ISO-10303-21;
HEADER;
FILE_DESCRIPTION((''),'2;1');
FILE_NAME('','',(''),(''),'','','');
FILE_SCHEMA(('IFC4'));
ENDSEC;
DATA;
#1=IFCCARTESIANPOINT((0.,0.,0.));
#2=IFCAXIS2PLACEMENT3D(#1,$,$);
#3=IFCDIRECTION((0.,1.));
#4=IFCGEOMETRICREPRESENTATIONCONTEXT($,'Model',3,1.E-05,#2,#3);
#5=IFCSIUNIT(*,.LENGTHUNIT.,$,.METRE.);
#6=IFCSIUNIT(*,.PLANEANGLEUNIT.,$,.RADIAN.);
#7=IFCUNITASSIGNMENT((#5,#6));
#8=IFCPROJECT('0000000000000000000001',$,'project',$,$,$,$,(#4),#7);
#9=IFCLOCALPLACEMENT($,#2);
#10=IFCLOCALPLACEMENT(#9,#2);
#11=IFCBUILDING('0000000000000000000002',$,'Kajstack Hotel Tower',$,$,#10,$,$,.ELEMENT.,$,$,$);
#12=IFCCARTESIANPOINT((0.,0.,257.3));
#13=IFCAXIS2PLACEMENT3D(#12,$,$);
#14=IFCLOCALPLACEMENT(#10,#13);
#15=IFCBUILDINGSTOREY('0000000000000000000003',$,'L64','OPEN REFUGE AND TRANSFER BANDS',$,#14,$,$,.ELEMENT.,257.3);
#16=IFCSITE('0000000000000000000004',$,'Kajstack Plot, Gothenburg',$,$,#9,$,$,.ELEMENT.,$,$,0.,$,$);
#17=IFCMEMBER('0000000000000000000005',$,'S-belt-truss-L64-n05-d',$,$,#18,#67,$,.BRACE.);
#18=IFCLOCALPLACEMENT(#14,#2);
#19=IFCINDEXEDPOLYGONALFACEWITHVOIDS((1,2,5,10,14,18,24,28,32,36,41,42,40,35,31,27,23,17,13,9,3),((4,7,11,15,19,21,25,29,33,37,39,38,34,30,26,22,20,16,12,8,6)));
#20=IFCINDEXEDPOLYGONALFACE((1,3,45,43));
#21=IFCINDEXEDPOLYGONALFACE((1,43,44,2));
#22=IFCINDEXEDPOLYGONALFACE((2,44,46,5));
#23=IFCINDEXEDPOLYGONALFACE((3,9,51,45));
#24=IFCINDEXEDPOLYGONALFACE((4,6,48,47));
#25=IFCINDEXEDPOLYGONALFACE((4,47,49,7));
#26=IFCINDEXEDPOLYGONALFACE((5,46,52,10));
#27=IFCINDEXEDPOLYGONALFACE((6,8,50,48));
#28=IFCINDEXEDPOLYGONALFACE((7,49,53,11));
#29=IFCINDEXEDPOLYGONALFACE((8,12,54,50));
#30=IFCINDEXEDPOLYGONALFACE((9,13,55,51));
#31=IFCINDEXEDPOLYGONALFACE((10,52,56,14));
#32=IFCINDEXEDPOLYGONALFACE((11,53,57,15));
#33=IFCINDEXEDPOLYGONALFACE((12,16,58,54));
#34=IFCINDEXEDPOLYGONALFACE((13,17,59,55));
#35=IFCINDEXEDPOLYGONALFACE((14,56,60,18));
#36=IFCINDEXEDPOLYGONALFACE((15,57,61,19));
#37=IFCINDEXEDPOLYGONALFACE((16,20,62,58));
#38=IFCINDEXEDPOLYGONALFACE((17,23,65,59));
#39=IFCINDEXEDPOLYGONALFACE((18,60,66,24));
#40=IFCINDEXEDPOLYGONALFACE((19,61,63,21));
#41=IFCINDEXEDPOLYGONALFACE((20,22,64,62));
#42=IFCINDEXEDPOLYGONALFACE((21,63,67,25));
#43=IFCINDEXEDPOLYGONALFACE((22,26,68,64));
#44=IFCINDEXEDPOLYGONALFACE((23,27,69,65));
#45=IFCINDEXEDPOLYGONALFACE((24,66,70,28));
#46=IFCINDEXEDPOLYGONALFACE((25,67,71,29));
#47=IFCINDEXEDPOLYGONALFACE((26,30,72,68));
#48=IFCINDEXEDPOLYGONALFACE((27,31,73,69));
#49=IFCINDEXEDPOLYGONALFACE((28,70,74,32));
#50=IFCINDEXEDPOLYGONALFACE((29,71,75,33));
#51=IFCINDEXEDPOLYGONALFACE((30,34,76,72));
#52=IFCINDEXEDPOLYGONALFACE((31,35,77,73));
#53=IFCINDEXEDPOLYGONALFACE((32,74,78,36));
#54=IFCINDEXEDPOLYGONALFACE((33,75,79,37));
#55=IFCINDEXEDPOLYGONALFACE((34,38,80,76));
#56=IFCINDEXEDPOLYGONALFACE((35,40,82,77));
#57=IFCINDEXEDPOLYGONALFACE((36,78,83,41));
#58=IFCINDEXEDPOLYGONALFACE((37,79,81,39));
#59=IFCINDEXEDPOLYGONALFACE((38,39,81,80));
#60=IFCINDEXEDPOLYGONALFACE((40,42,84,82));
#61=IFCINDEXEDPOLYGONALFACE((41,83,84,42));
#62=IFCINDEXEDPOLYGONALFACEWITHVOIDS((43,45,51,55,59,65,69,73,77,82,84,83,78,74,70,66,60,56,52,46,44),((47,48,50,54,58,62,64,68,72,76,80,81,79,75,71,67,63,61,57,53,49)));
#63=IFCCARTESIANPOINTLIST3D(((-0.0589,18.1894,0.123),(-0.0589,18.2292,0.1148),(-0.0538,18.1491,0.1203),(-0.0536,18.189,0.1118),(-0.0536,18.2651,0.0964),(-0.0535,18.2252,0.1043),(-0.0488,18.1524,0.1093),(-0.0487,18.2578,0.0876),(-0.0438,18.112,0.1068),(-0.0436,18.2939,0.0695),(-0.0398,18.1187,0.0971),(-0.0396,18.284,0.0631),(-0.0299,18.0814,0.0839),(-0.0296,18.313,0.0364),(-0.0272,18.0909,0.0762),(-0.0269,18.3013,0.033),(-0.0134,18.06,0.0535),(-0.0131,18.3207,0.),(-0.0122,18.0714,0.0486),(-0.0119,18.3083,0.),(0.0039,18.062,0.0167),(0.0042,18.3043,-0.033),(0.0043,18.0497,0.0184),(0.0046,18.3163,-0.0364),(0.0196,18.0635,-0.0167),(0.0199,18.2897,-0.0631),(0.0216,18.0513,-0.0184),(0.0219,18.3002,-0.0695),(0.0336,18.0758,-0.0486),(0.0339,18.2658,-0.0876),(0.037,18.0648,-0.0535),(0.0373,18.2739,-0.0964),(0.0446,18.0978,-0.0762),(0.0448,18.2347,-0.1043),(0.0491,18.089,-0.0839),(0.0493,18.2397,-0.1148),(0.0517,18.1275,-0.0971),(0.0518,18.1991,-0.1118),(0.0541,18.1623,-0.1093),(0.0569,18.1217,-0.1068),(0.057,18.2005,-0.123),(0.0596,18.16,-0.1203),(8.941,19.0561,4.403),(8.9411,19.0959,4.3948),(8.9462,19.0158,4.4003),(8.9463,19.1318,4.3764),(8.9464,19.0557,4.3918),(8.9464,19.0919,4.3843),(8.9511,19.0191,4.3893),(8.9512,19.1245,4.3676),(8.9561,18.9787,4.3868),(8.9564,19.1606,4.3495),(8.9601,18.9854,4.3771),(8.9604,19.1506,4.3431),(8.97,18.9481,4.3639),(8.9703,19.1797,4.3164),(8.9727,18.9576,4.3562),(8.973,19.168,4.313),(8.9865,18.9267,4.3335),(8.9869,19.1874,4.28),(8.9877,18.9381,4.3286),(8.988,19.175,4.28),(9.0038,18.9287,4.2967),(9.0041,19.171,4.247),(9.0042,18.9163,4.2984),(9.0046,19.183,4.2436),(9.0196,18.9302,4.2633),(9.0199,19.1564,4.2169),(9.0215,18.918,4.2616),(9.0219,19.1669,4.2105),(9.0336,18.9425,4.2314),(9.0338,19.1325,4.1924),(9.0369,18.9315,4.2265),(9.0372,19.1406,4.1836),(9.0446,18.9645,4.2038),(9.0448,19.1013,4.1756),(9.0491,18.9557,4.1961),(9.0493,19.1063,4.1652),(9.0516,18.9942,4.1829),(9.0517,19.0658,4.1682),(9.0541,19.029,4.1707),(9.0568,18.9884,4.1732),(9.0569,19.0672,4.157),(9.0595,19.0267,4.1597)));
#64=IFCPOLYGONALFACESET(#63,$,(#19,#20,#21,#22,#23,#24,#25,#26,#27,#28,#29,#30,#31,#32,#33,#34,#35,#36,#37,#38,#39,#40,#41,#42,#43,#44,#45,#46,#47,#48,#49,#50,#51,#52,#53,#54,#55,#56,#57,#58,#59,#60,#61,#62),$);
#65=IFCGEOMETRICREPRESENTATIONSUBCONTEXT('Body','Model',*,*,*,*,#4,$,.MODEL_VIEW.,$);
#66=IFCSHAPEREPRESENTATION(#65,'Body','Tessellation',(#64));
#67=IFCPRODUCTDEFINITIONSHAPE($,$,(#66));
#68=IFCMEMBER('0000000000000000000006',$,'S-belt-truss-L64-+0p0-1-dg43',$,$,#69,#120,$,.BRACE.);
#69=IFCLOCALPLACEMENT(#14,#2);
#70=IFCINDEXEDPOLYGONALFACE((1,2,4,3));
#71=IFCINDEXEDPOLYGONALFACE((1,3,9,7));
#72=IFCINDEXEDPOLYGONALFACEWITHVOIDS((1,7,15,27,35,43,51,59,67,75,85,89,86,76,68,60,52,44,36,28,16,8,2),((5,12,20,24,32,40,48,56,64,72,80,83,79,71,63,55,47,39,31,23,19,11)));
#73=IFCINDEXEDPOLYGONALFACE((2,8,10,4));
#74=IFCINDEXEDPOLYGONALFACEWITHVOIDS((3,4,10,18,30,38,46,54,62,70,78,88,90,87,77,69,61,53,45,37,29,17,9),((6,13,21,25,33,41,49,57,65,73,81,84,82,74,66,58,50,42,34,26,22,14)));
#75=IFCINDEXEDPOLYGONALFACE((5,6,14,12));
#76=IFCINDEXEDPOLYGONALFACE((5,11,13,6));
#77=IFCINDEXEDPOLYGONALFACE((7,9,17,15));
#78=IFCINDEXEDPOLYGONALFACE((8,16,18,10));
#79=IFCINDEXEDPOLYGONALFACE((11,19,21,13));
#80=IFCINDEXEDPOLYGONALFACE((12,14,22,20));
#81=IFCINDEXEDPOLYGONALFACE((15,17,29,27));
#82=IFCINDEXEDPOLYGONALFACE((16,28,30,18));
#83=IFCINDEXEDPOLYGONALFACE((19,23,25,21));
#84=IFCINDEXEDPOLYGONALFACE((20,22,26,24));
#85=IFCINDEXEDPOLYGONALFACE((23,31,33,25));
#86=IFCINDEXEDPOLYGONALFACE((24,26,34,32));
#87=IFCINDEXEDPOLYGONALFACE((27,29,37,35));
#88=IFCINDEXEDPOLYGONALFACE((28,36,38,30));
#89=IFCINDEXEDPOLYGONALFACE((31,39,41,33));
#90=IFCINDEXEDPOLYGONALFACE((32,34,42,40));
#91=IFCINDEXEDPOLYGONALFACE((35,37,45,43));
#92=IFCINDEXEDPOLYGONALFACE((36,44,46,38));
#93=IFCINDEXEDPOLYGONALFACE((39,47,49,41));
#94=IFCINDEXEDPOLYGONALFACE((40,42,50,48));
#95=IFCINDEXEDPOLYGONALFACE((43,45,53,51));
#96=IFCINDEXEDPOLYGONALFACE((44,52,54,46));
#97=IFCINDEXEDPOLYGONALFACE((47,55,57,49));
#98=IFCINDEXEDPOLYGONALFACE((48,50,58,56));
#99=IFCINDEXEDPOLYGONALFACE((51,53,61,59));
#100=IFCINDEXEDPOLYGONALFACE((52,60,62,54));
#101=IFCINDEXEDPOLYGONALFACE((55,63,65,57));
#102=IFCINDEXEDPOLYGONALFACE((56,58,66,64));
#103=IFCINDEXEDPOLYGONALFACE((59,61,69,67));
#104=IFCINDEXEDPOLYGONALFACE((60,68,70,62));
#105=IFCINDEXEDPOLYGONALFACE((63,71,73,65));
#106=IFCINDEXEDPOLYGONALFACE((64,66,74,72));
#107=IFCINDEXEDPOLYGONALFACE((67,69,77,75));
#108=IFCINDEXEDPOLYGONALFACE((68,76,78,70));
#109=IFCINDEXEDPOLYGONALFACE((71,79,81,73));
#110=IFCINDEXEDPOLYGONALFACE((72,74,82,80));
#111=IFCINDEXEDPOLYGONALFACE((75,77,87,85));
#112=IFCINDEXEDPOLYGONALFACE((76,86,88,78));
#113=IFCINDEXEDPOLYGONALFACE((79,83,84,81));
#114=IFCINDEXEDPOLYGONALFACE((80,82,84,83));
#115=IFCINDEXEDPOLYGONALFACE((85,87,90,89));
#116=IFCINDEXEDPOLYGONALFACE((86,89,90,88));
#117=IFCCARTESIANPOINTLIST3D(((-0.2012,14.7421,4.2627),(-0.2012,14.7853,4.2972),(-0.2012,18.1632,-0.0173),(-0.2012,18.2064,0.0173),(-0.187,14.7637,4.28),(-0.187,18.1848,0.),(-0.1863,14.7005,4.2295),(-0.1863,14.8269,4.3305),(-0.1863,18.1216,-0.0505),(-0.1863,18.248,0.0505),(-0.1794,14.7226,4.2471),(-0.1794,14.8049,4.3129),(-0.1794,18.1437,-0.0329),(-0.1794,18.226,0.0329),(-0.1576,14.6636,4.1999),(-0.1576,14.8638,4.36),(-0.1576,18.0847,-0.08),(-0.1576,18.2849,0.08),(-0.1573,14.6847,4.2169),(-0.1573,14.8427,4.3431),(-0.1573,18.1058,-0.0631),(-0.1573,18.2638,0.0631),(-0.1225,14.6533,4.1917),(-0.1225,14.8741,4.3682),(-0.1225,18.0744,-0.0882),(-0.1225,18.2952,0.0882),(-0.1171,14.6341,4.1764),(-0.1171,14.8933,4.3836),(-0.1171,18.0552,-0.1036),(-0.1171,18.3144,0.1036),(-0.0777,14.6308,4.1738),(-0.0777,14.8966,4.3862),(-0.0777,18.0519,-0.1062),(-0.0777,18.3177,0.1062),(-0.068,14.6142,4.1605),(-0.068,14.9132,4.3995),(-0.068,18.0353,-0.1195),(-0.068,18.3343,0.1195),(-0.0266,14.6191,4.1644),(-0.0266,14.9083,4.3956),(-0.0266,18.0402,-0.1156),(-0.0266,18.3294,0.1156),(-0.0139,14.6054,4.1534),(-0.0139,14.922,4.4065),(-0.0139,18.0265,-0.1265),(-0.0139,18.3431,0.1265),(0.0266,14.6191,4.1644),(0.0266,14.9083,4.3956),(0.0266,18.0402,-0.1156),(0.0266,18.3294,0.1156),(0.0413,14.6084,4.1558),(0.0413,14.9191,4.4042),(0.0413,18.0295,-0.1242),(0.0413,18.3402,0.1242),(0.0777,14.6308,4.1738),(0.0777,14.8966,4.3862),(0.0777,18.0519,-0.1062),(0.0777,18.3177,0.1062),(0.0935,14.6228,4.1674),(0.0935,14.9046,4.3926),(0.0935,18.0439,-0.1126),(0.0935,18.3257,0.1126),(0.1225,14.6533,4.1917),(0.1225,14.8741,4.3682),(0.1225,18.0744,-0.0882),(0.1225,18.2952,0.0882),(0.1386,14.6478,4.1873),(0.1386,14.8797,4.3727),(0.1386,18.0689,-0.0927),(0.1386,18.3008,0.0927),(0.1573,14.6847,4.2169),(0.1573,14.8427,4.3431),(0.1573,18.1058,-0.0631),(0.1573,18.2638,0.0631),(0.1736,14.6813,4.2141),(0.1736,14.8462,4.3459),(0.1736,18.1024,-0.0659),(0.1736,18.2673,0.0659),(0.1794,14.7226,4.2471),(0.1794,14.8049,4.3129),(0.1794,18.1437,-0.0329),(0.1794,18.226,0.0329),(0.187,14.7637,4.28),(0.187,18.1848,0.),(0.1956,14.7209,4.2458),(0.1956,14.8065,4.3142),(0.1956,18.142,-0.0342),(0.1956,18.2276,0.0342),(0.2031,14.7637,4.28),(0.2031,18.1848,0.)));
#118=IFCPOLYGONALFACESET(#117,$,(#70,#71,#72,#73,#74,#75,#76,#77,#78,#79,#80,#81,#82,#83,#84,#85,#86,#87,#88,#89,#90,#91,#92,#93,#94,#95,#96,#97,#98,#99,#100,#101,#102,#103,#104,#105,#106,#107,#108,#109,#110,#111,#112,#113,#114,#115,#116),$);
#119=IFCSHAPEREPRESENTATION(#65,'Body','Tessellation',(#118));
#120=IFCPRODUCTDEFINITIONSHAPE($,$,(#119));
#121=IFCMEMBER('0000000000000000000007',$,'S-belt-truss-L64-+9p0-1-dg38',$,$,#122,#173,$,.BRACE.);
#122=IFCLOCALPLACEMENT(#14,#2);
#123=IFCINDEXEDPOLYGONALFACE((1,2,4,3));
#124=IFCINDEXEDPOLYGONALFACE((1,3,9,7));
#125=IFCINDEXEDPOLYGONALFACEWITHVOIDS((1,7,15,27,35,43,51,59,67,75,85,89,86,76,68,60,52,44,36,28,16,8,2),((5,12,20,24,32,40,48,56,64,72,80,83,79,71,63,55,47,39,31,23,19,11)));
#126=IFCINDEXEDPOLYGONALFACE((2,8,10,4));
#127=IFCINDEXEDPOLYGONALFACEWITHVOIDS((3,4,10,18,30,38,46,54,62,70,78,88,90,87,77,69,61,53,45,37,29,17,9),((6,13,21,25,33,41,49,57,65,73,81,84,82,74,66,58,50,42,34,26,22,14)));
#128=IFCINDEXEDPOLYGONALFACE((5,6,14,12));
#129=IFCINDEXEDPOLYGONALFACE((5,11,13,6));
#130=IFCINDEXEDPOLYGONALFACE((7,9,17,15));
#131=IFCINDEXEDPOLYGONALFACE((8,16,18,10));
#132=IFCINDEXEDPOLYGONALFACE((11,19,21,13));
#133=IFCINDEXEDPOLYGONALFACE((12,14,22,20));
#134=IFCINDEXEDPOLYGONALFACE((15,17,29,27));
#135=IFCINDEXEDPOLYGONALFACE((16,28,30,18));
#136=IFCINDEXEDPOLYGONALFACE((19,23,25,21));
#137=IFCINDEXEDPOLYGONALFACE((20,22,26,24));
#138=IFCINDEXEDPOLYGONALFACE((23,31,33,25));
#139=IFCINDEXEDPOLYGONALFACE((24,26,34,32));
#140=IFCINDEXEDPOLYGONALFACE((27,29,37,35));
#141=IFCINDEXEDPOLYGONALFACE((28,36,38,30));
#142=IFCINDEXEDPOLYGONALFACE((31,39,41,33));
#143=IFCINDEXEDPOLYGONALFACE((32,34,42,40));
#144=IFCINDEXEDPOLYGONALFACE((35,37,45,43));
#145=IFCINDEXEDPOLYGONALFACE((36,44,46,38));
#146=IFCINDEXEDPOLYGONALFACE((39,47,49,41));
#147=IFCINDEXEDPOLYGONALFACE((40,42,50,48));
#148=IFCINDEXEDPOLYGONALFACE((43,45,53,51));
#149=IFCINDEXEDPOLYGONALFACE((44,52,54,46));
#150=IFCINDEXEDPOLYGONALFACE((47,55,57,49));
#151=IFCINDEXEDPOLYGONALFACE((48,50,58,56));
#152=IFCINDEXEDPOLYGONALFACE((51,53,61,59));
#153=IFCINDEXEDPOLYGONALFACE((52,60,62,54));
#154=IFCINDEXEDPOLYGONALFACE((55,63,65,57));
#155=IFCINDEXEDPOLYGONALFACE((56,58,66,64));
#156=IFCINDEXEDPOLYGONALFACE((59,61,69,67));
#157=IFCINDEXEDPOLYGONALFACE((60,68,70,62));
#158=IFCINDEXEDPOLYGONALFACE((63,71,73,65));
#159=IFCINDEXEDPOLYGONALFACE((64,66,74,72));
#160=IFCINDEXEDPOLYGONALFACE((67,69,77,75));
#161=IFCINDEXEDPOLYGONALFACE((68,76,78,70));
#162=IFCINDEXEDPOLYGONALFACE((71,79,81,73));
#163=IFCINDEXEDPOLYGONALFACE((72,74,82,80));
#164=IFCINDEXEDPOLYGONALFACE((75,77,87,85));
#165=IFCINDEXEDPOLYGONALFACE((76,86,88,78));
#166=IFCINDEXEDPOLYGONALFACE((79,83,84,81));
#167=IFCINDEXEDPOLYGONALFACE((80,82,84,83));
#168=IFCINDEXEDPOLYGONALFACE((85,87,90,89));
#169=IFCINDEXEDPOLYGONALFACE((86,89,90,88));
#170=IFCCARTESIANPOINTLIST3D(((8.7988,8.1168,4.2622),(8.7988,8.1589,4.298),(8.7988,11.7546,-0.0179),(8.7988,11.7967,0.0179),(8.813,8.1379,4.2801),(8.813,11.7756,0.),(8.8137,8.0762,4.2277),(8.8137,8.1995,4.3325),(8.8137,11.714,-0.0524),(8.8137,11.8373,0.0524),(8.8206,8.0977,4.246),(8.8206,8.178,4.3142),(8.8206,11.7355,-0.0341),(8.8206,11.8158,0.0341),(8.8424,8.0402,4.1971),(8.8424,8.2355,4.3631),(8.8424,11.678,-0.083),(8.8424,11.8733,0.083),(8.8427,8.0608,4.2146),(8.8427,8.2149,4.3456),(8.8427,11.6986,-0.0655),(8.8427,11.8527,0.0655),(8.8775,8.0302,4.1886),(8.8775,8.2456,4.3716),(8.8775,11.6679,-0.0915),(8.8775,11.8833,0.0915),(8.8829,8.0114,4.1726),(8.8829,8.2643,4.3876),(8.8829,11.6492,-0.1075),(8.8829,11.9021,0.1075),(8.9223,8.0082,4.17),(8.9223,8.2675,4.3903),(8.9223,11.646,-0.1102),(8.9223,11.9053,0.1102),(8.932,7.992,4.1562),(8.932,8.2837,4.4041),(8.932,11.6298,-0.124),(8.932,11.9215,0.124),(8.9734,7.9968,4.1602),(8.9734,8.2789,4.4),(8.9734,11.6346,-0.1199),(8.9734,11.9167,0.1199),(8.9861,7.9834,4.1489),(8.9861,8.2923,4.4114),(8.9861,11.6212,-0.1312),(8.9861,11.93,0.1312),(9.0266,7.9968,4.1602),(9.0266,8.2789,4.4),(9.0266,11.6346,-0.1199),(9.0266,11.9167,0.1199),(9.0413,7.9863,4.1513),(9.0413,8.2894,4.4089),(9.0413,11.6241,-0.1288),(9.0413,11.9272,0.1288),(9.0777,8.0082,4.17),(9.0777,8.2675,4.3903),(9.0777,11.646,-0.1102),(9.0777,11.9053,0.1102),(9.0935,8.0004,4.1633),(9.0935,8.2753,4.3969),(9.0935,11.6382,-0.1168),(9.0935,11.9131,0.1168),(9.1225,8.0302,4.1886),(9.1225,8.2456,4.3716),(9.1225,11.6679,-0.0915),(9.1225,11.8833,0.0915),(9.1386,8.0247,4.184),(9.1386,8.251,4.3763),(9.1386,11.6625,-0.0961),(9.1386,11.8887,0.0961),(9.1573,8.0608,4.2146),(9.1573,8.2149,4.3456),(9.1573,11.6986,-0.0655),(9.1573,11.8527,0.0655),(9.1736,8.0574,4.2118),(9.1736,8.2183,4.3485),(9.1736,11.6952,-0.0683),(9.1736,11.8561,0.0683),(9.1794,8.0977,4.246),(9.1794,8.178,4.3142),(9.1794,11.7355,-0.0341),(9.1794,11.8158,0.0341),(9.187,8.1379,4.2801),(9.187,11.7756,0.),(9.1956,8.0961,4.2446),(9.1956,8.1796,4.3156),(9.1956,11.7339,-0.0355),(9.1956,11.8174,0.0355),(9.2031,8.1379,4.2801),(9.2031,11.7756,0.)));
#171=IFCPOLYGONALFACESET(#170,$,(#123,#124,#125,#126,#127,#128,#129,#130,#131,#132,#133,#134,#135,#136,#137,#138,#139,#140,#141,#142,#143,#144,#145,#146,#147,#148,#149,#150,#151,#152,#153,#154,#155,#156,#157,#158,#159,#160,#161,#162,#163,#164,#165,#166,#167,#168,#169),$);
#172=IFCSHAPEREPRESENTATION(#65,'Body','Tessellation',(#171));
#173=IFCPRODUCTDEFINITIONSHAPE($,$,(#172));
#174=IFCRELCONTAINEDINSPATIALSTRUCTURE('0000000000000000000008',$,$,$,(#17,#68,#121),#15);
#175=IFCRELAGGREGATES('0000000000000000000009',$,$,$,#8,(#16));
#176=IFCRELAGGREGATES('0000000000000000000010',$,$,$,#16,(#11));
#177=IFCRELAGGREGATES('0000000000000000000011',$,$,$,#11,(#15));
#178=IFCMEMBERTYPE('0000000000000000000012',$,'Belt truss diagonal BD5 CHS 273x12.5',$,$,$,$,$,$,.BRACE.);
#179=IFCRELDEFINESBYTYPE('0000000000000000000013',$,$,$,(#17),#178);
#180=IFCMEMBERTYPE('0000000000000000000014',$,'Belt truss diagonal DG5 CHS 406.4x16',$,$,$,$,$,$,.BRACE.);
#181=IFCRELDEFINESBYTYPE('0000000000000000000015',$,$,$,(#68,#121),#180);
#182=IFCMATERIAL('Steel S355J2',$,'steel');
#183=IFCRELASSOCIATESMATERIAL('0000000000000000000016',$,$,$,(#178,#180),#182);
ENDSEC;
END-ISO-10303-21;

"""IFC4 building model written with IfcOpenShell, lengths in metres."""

from ifc_helpers import new_model, si_unit, direction, frame, origin, origin_2d, place, context, subcontext, project, spatial, hollow_circle, extrude, material, material_profile, profile_set, type_object, element, save


model = new_model("IFC4")

# Units and contexts
model_context = context("Model", 3, precision=1e-05, world=origin(), true_north=direction((0.0, 1.0)))
body_context = subcontext(model_context, "Body", "Model", "MODEL_VIEW")
ifc_project = project(units=[si_unit("LENGTHUNIT", "METRE"), si_unit("PLANEANGLEUNIT", "RADIAN")], contexts=[model_context])

# Site, building, storey
site_placement = place(None, origin())
site = spatial("IfcSite", under=ifc_project, at=site_placement, Name="Kajstack Plot, Gothenburg", CompositionType="ELEMENT", RefElevation=0.0)
building_placement = place(site_placement, origin())
building = spatial("IfcBuilding", under=site, at=building_placement, Name="Kajstack Hotel Tower", CompositionType="ELEMENT")
storey_placement = place(building_placement, frame((0.0, 0.0, 257.3)))
storey = spatial("IfcBuildingStorey", under=building, at=storey_placement, Name="L64", Description="OPEN REFUGE AND TRANSFER BANDS", CompositionType="ELEMENT", Elevation=257.3)

# Members
ifc_material = material(Name="Steel S355J2", Category="steel")
ifc_material_profile_1 = material_profile(ifc_material, hollow_circle(Radius=0.1365, WallThickness=0.0125, at=origin_2d()), Name="CHS 273x12.5")
ifc_profile_set_1 = profile_set([ifc_material_profile_1], Name="Steel S355J2")
member_type_1 = type_object("IfcMemberType", Name="Belt truss diagonal BD5 CHS 273x12.5", PredefinedType="BRACE", material=ifc_profile_set_1)
for number, where, z_axis, x_axis, name in (
    (1, (0.0, 18.1848, 0.0), (0.899686, 0.08664, 0.427854), (-0.095856, 0.995395, 0.0), "S-belt-truss-L64-n05-d"),
):
    element("IfcMember", number, at=place(storey_placement, frame(where, z_axis=z_axis, x_axis=x_axis)), inside=storey, type_object=member_type_1, Name=name, PredefinedType="BRACE", context=body_context, shape_type="SweptSolid", body=[
        extrude(hollow_circle(Radius=0.1365, WallThickness=0.0125, at=origin_2d()), origin(), (0.0, 0.0, 1.0), 10.0034),
    ])
ifc_material_profile_2 = material_profile(ifc_material, hollow_circle(Radius=0.2031, WallThickness=0.0161, at=origin_2d()), Name="CHS 406.4x16")
ifc_profile_set_2 = profile_set([ifc_material_profile_2], Name="Steel S355J2")
member_type_2 = type_object("IfcMemberType", Name="Belt truss diagonal DG5 CHS 406.4x16", PredefinedType="BRACE", material=ifc_profile_set_2)
member_1_placement = place(storey_placement, frame((0.0, 18.1848, 0.0), z_axis=(0.0, -0.624374, 0.781125), x_axis=(1.0, 0.0, 0.0)))
element("IfcMember", 2, at=member_1_placement, inside=storey, type_object=member_type_2, Name="S-belt-truss-L64-+0p0-1-dg43", PredefinedType="BRACE", context=body_context, shape_type="SweptSolid", body=[
    extrude(hollow_circle(Radius=0.2031, WallThickness=0.0161, at=origin_2d()), origin(), (0.0, 0.0, 1.0), 5.4792),
])
for number, where, z_axis, x_axis, name in (
    (3, (9.0, 11.7756, 0.0), (0.0, -0.647614, 0.761968), (1.0, 0.0, 0.0), "S-belt-truss-L64-+9p0-1-dg38"),
):
    element("IfcMember", number, at=place(storey_placement, frame(where, z_axis=z_axis, x_axis=x_axis)), inside=storey, type_object=member_type_2, Name=name, PredefinedType="BRACE", context=body_context, shape_type="SweptSolid", body=[
        extrude(hollow_circle(Radius=0.2031, WallThickness=0.0161, at=origin_2d()), origin(), (0.0, 0.0, 1.0), 5.6172),
    ])

save(model, "model.ifc")
